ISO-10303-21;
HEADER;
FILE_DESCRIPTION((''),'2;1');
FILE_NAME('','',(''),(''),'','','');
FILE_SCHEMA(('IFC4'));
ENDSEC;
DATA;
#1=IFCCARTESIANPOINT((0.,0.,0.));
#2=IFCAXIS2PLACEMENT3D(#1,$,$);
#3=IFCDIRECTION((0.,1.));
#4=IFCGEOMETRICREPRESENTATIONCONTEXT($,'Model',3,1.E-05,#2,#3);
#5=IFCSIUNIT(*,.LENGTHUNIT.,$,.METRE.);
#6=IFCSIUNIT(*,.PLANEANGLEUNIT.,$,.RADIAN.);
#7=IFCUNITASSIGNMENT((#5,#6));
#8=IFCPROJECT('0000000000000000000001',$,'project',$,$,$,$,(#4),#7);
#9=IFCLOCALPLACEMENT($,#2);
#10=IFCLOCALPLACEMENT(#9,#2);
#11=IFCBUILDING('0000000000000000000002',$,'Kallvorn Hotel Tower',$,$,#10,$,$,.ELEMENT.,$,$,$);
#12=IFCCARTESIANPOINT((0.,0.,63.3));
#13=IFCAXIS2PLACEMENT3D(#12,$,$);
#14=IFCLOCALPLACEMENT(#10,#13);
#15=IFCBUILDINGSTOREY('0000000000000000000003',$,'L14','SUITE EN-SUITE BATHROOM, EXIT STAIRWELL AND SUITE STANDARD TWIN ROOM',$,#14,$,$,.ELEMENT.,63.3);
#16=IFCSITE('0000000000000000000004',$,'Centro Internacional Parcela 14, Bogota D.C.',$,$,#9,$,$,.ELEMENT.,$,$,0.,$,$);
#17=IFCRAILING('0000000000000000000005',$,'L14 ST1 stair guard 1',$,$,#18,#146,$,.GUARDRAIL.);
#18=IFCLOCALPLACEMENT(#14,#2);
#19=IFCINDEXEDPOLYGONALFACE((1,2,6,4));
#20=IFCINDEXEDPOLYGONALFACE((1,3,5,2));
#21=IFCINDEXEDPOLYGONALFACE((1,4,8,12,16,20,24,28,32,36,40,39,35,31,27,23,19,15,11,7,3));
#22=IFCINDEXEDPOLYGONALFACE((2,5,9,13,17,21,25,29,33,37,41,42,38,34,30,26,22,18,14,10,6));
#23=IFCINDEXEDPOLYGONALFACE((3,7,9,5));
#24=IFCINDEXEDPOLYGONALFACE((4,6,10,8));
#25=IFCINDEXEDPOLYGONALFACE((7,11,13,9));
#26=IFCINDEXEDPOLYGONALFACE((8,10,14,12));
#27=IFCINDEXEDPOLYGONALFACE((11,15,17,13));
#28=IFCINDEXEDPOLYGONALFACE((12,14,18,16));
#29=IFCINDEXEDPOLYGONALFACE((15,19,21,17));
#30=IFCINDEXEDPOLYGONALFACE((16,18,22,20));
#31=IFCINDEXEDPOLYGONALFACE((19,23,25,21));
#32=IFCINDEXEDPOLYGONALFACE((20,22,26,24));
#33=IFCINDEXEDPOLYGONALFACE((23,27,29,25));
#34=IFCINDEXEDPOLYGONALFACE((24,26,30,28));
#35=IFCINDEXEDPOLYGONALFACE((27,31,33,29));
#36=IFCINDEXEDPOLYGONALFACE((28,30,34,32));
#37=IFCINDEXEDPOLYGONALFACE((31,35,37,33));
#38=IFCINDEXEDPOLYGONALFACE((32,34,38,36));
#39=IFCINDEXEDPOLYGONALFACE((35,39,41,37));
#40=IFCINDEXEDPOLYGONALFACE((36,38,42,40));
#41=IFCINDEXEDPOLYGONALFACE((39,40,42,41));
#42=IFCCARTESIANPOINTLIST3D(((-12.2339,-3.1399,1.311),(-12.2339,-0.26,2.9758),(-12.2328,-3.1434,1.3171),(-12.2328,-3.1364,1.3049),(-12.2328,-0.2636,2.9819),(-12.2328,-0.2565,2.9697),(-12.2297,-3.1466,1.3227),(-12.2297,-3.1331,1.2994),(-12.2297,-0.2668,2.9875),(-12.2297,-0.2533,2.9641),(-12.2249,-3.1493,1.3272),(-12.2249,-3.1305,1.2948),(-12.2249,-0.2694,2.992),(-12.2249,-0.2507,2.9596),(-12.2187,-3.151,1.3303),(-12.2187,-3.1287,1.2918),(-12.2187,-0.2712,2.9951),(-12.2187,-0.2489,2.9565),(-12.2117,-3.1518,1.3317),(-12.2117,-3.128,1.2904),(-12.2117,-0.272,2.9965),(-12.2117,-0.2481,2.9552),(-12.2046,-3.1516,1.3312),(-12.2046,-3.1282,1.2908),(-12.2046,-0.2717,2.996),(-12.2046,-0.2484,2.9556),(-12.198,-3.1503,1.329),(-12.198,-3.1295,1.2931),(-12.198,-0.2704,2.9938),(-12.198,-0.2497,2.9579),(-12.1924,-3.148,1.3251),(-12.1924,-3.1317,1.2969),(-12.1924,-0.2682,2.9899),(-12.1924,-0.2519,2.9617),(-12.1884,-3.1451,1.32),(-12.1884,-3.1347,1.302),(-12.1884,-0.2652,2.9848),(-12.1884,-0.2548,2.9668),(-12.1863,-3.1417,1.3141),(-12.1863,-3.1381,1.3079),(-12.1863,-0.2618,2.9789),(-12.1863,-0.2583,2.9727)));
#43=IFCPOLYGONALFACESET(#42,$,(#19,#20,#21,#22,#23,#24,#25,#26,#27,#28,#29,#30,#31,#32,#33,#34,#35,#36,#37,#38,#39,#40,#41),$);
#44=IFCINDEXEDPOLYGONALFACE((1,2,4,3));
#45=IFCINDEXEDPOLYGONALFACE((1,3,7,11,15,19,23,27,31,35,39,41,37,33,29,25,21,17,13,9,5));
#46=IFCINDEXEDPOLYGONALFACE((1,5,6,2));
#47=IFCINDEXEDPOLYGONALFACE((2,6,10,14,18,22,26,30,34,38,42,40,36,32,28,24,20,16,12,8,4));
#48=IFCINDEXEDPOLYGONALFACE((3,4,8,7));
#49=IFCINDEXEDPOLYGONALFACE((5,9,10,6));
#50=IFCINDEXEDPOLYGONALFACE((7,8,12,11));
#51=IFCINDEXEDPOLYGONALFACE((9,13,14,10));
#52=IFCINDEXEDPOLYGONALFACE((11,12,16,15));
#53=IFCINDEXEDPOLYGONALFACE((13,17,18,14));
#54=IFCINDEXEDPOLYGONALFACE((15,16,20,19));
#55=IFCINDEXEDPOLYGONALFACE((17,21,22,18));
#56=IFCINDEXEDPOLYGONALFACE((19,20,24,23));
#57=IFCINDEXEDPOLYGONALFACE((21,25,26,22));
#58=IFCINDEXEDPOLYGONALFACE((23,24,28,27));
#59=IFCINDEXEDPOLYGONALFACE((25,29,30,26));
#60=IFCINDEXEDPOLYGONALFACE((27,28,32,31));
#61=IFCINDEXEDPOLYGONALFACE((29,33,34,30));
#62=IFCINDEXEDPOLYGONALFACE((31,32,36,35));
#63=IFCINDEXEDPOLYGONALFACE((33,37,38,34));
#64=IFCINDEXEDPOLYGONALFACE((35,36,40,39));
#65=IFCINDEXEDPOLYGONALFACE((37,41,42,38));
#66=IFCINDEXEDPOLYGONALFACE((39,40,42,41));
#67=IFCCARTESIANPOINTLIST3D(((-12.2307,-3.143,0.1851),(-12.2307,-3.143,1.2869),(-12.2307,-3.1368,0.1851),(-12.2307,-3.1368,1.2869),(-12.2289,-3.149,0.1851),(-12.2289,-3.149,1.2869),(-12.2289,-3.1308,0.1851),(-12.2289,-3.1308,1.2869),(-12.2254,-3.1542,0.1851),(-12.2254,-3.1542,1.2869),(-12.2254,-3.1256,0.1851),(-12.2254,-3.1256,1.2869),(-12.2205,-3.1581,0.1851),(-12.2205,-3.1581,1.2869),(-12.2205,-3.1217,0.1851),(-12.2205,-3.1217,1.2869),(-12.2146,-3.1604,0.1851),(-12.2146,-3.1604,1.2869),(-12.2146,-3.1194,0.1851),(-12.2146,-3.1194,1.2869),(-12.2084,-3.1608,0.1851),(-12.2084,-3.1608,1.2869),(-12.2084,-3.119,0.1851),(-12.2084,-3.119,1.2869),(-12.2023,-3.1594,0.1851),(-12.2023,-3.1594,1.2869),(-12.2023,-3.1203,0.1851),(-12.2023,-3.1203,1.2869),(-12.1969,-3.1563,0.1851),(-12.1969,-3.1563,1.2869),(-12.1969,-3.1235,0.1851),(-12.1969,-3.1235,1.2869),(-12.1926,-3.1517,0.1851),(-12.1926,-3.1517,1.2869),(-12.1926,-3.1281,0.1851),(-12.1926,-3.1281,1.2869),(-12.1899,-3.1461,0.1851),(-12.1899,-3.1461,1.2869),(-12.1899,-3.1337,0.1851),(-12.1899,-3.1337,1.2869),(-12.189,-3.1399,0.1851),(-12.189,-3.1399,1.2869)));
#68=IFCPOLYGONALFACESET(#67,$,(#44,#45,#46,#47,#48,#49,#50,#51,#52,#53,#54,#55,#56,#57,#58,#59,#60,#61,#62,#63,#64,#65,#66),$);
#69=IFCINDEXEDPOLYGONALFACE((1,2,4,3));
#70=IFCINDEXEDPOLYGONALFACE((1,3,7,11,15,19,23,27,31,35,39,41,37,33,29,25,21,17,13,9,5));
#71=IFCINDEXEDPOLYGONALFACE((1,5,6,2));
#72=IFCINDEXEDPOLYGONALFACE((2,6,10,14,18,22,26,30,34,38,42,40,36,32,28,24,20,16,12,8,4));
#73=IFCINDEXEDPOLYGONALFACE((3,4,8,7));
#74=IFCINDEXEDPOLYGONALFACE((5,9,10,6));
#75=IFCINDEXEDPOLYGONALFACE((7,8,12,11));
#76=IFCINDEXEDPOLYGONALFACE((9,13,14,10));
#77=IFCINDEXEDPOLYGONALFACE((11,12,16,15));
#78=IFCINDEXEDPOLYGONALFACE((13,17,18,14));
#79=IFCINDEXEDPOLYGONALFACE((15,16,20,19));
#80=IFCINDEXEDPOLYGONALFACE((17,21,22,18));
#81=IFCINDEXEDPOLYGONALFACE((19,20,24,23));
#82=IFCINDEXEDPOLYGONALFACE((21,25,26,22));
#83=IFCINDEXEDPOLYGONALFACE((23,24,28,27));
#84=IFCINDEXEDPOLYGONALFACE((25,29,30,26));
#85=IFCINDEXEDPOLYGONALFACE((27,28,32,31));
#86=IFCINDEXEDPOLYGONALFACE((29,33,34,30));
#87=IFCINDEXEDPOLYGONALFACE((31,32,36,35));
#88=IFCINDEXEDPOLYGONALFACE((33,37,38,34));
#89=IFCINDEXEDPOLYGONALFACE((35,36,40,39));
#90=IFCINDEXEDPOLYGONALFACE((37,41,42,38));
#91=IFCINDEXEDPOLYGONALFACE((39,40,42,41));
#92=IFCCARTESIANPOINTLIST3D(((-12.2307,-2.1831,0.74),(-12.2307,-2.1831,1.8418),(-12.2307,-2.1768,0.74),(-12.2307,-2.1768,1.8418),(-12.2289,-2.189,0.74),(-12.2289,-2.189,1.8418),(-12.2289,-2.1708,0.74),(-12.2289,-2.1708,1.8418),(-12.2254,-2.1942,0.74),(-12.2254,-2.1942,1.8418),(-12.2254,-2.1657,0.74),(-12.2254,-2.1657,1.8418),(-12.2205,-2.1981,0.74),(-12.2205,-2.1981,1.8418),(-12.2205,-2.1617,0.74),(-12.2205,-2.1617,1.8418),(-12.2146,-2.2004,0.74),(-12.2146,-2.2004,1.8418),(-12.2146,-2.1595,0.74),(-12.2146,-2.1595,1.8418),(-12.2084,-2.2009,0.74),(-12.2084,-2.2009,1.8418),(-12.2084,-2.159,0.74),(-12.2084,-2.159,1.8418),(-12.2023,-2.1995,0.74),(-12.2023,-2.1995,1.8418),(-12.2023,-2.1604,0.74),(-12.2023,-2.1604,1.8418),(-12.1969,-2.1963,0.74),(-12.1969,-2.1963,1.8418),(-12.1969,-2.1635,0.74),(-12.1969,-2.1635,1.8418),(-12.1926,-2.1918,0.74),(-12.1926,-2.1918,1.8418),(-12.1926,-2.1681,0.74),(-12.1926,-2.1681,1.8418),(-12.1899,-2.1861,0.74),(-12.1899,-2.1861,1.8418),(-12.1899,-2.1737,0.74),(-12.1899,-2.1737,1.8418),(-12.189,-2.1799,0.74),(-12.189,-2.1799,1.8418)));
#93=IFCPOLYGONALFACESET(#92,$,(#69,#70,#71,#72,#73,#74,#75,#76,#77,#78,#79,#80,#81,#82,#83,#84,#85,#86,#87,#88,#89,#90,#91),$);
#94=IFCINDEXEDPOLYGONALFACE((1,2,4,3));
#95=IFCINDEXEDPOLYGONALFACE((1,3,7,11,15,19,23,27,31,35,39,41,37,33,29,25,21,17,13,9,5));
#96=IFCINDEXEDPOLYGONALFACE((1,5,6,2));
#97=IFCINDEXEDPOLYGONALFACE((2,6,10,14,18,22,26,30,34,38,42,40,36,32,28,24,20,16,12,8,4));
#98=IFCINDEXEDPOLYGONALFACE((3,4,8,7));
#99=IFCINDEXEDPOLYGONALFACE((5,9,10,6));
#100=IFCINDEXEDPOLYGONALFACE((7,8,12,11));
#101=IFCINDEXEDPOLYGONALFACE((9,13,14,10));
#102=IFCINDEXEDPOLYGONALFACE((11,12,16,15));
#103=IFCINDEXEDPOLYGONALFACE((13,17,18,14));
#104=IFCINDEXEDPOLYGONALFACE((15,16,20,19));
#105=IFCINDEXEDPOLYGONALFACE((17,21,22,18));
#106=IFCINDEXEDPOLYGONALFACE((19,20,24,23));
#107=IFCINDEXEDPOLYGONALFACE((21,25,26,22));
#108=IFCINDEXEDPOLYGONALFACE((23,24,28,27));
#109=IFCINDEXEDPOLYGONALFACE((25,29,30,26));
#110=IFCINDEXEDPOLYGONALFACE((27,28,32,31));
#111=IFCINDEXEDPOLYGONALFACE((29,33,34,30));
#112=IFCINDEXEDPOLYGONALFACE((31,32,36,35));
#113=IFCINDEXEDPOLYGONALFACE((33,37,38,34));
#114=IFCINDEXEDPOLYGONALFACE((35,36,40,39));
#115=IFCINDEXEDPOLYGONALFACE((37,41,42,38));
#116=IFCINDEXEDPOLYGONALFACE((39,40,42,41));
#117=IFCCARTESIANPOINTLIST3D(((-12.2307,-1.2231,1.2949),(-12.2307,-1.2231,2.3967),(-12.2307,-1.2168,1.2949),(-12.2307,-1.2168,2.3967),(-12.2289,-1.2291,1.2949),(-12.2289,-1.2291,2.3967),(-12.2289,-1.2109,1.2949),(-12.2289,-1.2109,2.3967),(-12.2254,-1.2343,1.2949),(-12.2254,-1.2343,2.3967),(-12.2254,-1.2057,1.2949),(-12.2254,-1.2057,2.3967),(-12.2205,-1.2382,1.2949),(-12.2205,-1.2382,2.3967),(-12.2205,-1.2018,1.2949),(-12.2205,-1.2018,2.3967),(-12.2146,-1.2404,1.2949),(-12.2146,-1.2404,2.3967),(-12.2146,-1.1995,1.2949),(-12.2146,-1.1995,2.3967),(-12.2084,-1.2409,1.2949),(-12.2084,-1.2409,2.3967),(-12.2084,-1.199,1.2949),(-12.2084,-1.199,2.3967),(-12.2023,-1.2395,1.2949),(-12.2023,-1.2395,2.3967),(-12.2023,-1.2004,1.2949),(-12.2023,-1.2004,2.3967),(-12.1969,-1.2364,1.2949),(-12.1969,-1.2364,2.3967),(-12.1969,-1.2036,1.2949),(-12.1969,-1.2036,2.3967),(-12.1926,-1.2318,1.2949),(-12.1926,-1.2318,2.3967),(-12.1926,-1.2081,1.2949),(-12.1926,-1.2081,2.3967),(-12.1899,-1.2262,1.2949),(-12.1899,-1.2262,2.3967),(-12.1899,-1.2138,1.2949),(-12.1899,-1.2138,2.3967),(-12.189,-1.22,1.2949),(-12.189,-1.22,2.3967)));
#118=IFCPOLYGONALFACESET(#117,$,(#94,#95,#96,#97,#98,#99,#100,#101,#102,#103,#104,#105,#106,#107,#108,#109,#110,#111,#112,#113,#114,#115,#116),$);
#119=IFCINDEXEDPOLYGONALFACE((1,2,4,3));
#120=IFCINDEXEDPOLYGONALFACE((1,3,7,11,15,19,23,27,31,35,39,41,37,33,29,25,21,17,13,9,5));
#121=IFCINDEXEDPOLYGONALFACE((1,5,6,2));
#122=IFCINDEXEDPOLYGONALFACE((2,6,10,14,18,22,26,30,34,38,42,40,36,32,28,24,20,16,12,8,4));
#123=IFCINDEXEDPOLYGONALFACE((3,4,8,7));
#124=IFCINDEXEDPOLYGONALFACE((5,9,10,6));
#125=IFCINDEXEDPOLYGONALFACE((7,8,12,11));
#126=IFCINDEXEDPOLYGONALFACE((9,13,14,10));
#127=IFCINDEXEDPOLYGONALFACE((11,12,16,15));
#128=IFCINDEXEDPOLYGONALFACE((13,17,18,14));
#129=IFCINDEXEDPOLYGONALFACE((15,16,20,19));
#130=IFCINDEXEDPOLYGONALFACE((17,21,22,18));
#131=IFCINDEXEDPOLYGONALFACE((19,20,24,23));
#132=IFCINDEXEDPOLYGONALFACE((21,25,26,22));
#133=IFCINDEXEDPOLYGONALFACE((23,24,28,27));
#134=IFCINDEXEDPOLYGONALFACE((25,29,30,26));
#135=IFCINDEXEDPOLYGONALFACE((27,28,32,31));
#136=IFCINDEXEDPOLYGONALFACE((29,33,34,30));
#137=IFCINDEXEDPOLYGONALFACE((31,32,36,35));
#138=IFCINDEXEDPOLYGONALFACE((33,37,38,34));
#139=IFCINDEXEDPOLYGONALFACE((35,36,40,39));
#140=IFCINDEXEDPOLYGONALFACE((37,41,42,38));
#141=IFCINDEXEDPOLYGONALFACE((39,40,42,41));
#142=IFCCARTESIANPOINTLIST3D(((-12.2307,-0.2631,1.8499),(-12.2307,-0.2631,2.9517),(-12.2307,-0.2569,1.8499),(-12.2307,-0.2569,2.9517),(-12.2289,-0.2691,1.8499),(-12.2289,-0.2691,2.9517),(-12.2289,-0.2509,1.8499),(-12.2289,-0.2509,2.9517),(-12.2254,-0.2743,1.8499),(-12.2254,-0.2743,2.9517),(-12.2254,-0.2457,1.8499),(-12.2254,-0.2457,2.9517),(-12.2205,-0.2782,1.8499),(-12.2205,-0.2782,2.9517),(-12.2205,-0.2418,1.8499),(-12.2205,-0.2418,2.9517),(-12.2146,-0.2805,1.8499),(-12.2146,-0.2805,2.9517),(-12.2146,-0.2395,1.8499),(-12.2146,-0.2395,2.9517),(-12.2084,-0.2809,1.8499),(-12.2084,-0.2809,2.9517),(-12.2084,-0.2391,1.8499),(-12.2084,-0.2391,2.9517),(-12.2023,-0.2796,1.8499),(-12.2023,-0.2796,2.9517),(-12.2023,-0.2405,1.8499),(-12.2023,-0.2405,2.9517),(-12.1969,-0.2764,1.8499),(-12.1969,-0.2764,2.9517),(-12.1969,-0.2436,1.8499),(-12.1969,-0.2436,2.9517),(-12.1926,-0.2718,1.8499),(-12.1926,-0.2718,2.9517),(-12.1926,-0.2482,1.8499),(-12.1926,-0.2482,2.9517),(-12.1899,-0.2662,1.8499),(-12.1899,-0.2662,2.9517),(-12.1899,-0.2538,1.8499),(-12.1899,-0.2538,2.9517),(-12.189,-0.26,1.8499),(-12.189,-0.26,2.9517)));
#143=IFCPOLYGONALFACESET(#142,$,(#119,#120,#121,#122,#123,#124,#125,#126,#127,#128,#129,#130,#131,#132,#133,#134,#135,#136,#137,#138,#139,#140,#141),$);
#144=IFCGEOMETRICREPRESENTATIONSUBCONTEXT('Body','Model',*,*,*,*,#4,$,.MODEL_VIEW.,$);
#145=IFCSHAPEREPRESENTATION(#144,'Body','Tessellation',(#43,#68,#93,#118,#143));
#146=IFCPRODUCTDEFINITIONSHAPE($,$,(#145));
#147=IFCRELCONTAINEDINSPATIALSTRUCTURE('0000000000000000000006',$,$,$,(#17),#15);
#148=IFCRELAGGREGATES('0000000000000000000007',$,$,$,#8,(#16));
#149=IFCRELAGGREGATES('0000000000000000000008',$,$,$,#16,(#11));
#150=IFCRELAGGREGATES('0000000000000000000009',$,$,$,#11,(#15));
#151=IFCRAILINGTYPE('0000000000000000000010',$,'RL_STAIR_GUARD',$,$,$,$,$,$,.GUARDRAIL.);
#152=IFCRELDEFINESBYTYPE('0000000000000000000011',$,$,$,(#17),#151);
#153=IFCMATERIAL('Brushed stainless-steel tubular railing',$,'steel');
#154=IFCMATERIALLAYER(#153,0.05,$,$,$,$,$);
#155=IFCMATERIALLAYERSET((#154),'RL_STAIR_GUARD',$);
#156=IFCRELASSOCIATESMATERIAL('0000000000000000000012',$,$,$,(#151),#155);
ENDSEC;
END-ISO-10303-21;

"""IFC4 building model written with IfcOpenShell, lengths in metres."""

from ifc_helpers import new_model, si_unit, direction, frame, origin, origin_2d, place, context, subcontext, project, spatial, circle, extrude, material, layer, layer_set, type_object, element, save


model = new_model("IFC4")

# Units and contexts
model_context = context("Model", 3, precision=1e-05, world=origin(), true_north=direction((0.0, 1.0)))
body_context = subcontext(model_context, "Body", "Model", "MODEL_VIEW")
ifc_project = project(units=[si_unit("LENGTHUNIT", "METRE"), si_unit("PLANEANGLEUNIT", "RADIAN")], contexts=[model_context])

# Site, building, storey
site_placement = place(None, origin())
site = spatial("IfcSite", under=ifc_project, at=site_placement, Name="Centro Internacional Parcela 14, Bogota D.C.", CompositionType="ELEMENT", RefElevation=0.0)
building_placement = place(site_placement, origin())
building = spatial("IfcBuilding", under=site, at=building_placement, Name="Kallvorn Hotel Tower", CompositionType="ELEMENT")
storey_placement = place(building_placement, frame((0.0, 0.0, 63.3)))
storey = spatial("IfcBuildingStorey", under=building, at=storey_placement, Name="L14", Description="SUITE EN-SUITE BATHROOM, EXIT STAIRWELL AND SUITE STANDARD TWIN ROOM", CompositionType="ELEMENT", Elevation=63.3)

# Railing
ifc_material_1 = material(Name="Brushed stainless-steel tubular railing", Category="steel")
ifc_layer_1 = layer(ifc_material_1, 0.05)
ifc_layer_set_1 = layer_set([ifc_layer_1], Name="RL_STAIR_GUARD")
railing_type_1 = type_object("IfcRailingType", Name="RL_STAIR_GUARD", PredefinedType="GUARDRAIL", material=ifc_layer_set_1)
railing_1_placement = place(storey_placement, frame((-12.21, -3.1399, 0.1851)))
element("IfcRailing", 1, at=railing_1_placement, inside=storey, type_object=railing_type_1, Name="L14 ST1 stair guard 1", PredefinedType="GUARDRAIL", context=body_context, shape_type="SweptSolid", body=[
    extrude(circle(Radius=0.0239, at=origin_2d()), frame((0.0, 0.0, 1.126), z_axis=(0.0, 0.865753, 0.500472), x_axis=(-1.0, 0.0, 0.0)), (0.0, 0.0, 1.0), 3.3264),
    extrude(circle(Radius=0.021, at=origin_2d()), origin(), (0.0, 0.0, 1.0), 1.1018),
    extrude(circle(Radius=0.021, at=origin_2d()), frame((0.0, 0.96, 0.5549)), (0.0, 0.0, 1.0), 1.1018),
    extrude(circle(Radius=0.021, at=origin_2d()), frame((0.0, 1.9199, 1.1099)), (0.0, 0.0, 1.0), 1.1018),
    extrude(circle(Radius=0.021, at=origin_2d()), frame((0.0, 2.8799, 1.6648)), (0.0, 0.0, 1.0), 1.1018),
])

save(model, "model.ifc")
